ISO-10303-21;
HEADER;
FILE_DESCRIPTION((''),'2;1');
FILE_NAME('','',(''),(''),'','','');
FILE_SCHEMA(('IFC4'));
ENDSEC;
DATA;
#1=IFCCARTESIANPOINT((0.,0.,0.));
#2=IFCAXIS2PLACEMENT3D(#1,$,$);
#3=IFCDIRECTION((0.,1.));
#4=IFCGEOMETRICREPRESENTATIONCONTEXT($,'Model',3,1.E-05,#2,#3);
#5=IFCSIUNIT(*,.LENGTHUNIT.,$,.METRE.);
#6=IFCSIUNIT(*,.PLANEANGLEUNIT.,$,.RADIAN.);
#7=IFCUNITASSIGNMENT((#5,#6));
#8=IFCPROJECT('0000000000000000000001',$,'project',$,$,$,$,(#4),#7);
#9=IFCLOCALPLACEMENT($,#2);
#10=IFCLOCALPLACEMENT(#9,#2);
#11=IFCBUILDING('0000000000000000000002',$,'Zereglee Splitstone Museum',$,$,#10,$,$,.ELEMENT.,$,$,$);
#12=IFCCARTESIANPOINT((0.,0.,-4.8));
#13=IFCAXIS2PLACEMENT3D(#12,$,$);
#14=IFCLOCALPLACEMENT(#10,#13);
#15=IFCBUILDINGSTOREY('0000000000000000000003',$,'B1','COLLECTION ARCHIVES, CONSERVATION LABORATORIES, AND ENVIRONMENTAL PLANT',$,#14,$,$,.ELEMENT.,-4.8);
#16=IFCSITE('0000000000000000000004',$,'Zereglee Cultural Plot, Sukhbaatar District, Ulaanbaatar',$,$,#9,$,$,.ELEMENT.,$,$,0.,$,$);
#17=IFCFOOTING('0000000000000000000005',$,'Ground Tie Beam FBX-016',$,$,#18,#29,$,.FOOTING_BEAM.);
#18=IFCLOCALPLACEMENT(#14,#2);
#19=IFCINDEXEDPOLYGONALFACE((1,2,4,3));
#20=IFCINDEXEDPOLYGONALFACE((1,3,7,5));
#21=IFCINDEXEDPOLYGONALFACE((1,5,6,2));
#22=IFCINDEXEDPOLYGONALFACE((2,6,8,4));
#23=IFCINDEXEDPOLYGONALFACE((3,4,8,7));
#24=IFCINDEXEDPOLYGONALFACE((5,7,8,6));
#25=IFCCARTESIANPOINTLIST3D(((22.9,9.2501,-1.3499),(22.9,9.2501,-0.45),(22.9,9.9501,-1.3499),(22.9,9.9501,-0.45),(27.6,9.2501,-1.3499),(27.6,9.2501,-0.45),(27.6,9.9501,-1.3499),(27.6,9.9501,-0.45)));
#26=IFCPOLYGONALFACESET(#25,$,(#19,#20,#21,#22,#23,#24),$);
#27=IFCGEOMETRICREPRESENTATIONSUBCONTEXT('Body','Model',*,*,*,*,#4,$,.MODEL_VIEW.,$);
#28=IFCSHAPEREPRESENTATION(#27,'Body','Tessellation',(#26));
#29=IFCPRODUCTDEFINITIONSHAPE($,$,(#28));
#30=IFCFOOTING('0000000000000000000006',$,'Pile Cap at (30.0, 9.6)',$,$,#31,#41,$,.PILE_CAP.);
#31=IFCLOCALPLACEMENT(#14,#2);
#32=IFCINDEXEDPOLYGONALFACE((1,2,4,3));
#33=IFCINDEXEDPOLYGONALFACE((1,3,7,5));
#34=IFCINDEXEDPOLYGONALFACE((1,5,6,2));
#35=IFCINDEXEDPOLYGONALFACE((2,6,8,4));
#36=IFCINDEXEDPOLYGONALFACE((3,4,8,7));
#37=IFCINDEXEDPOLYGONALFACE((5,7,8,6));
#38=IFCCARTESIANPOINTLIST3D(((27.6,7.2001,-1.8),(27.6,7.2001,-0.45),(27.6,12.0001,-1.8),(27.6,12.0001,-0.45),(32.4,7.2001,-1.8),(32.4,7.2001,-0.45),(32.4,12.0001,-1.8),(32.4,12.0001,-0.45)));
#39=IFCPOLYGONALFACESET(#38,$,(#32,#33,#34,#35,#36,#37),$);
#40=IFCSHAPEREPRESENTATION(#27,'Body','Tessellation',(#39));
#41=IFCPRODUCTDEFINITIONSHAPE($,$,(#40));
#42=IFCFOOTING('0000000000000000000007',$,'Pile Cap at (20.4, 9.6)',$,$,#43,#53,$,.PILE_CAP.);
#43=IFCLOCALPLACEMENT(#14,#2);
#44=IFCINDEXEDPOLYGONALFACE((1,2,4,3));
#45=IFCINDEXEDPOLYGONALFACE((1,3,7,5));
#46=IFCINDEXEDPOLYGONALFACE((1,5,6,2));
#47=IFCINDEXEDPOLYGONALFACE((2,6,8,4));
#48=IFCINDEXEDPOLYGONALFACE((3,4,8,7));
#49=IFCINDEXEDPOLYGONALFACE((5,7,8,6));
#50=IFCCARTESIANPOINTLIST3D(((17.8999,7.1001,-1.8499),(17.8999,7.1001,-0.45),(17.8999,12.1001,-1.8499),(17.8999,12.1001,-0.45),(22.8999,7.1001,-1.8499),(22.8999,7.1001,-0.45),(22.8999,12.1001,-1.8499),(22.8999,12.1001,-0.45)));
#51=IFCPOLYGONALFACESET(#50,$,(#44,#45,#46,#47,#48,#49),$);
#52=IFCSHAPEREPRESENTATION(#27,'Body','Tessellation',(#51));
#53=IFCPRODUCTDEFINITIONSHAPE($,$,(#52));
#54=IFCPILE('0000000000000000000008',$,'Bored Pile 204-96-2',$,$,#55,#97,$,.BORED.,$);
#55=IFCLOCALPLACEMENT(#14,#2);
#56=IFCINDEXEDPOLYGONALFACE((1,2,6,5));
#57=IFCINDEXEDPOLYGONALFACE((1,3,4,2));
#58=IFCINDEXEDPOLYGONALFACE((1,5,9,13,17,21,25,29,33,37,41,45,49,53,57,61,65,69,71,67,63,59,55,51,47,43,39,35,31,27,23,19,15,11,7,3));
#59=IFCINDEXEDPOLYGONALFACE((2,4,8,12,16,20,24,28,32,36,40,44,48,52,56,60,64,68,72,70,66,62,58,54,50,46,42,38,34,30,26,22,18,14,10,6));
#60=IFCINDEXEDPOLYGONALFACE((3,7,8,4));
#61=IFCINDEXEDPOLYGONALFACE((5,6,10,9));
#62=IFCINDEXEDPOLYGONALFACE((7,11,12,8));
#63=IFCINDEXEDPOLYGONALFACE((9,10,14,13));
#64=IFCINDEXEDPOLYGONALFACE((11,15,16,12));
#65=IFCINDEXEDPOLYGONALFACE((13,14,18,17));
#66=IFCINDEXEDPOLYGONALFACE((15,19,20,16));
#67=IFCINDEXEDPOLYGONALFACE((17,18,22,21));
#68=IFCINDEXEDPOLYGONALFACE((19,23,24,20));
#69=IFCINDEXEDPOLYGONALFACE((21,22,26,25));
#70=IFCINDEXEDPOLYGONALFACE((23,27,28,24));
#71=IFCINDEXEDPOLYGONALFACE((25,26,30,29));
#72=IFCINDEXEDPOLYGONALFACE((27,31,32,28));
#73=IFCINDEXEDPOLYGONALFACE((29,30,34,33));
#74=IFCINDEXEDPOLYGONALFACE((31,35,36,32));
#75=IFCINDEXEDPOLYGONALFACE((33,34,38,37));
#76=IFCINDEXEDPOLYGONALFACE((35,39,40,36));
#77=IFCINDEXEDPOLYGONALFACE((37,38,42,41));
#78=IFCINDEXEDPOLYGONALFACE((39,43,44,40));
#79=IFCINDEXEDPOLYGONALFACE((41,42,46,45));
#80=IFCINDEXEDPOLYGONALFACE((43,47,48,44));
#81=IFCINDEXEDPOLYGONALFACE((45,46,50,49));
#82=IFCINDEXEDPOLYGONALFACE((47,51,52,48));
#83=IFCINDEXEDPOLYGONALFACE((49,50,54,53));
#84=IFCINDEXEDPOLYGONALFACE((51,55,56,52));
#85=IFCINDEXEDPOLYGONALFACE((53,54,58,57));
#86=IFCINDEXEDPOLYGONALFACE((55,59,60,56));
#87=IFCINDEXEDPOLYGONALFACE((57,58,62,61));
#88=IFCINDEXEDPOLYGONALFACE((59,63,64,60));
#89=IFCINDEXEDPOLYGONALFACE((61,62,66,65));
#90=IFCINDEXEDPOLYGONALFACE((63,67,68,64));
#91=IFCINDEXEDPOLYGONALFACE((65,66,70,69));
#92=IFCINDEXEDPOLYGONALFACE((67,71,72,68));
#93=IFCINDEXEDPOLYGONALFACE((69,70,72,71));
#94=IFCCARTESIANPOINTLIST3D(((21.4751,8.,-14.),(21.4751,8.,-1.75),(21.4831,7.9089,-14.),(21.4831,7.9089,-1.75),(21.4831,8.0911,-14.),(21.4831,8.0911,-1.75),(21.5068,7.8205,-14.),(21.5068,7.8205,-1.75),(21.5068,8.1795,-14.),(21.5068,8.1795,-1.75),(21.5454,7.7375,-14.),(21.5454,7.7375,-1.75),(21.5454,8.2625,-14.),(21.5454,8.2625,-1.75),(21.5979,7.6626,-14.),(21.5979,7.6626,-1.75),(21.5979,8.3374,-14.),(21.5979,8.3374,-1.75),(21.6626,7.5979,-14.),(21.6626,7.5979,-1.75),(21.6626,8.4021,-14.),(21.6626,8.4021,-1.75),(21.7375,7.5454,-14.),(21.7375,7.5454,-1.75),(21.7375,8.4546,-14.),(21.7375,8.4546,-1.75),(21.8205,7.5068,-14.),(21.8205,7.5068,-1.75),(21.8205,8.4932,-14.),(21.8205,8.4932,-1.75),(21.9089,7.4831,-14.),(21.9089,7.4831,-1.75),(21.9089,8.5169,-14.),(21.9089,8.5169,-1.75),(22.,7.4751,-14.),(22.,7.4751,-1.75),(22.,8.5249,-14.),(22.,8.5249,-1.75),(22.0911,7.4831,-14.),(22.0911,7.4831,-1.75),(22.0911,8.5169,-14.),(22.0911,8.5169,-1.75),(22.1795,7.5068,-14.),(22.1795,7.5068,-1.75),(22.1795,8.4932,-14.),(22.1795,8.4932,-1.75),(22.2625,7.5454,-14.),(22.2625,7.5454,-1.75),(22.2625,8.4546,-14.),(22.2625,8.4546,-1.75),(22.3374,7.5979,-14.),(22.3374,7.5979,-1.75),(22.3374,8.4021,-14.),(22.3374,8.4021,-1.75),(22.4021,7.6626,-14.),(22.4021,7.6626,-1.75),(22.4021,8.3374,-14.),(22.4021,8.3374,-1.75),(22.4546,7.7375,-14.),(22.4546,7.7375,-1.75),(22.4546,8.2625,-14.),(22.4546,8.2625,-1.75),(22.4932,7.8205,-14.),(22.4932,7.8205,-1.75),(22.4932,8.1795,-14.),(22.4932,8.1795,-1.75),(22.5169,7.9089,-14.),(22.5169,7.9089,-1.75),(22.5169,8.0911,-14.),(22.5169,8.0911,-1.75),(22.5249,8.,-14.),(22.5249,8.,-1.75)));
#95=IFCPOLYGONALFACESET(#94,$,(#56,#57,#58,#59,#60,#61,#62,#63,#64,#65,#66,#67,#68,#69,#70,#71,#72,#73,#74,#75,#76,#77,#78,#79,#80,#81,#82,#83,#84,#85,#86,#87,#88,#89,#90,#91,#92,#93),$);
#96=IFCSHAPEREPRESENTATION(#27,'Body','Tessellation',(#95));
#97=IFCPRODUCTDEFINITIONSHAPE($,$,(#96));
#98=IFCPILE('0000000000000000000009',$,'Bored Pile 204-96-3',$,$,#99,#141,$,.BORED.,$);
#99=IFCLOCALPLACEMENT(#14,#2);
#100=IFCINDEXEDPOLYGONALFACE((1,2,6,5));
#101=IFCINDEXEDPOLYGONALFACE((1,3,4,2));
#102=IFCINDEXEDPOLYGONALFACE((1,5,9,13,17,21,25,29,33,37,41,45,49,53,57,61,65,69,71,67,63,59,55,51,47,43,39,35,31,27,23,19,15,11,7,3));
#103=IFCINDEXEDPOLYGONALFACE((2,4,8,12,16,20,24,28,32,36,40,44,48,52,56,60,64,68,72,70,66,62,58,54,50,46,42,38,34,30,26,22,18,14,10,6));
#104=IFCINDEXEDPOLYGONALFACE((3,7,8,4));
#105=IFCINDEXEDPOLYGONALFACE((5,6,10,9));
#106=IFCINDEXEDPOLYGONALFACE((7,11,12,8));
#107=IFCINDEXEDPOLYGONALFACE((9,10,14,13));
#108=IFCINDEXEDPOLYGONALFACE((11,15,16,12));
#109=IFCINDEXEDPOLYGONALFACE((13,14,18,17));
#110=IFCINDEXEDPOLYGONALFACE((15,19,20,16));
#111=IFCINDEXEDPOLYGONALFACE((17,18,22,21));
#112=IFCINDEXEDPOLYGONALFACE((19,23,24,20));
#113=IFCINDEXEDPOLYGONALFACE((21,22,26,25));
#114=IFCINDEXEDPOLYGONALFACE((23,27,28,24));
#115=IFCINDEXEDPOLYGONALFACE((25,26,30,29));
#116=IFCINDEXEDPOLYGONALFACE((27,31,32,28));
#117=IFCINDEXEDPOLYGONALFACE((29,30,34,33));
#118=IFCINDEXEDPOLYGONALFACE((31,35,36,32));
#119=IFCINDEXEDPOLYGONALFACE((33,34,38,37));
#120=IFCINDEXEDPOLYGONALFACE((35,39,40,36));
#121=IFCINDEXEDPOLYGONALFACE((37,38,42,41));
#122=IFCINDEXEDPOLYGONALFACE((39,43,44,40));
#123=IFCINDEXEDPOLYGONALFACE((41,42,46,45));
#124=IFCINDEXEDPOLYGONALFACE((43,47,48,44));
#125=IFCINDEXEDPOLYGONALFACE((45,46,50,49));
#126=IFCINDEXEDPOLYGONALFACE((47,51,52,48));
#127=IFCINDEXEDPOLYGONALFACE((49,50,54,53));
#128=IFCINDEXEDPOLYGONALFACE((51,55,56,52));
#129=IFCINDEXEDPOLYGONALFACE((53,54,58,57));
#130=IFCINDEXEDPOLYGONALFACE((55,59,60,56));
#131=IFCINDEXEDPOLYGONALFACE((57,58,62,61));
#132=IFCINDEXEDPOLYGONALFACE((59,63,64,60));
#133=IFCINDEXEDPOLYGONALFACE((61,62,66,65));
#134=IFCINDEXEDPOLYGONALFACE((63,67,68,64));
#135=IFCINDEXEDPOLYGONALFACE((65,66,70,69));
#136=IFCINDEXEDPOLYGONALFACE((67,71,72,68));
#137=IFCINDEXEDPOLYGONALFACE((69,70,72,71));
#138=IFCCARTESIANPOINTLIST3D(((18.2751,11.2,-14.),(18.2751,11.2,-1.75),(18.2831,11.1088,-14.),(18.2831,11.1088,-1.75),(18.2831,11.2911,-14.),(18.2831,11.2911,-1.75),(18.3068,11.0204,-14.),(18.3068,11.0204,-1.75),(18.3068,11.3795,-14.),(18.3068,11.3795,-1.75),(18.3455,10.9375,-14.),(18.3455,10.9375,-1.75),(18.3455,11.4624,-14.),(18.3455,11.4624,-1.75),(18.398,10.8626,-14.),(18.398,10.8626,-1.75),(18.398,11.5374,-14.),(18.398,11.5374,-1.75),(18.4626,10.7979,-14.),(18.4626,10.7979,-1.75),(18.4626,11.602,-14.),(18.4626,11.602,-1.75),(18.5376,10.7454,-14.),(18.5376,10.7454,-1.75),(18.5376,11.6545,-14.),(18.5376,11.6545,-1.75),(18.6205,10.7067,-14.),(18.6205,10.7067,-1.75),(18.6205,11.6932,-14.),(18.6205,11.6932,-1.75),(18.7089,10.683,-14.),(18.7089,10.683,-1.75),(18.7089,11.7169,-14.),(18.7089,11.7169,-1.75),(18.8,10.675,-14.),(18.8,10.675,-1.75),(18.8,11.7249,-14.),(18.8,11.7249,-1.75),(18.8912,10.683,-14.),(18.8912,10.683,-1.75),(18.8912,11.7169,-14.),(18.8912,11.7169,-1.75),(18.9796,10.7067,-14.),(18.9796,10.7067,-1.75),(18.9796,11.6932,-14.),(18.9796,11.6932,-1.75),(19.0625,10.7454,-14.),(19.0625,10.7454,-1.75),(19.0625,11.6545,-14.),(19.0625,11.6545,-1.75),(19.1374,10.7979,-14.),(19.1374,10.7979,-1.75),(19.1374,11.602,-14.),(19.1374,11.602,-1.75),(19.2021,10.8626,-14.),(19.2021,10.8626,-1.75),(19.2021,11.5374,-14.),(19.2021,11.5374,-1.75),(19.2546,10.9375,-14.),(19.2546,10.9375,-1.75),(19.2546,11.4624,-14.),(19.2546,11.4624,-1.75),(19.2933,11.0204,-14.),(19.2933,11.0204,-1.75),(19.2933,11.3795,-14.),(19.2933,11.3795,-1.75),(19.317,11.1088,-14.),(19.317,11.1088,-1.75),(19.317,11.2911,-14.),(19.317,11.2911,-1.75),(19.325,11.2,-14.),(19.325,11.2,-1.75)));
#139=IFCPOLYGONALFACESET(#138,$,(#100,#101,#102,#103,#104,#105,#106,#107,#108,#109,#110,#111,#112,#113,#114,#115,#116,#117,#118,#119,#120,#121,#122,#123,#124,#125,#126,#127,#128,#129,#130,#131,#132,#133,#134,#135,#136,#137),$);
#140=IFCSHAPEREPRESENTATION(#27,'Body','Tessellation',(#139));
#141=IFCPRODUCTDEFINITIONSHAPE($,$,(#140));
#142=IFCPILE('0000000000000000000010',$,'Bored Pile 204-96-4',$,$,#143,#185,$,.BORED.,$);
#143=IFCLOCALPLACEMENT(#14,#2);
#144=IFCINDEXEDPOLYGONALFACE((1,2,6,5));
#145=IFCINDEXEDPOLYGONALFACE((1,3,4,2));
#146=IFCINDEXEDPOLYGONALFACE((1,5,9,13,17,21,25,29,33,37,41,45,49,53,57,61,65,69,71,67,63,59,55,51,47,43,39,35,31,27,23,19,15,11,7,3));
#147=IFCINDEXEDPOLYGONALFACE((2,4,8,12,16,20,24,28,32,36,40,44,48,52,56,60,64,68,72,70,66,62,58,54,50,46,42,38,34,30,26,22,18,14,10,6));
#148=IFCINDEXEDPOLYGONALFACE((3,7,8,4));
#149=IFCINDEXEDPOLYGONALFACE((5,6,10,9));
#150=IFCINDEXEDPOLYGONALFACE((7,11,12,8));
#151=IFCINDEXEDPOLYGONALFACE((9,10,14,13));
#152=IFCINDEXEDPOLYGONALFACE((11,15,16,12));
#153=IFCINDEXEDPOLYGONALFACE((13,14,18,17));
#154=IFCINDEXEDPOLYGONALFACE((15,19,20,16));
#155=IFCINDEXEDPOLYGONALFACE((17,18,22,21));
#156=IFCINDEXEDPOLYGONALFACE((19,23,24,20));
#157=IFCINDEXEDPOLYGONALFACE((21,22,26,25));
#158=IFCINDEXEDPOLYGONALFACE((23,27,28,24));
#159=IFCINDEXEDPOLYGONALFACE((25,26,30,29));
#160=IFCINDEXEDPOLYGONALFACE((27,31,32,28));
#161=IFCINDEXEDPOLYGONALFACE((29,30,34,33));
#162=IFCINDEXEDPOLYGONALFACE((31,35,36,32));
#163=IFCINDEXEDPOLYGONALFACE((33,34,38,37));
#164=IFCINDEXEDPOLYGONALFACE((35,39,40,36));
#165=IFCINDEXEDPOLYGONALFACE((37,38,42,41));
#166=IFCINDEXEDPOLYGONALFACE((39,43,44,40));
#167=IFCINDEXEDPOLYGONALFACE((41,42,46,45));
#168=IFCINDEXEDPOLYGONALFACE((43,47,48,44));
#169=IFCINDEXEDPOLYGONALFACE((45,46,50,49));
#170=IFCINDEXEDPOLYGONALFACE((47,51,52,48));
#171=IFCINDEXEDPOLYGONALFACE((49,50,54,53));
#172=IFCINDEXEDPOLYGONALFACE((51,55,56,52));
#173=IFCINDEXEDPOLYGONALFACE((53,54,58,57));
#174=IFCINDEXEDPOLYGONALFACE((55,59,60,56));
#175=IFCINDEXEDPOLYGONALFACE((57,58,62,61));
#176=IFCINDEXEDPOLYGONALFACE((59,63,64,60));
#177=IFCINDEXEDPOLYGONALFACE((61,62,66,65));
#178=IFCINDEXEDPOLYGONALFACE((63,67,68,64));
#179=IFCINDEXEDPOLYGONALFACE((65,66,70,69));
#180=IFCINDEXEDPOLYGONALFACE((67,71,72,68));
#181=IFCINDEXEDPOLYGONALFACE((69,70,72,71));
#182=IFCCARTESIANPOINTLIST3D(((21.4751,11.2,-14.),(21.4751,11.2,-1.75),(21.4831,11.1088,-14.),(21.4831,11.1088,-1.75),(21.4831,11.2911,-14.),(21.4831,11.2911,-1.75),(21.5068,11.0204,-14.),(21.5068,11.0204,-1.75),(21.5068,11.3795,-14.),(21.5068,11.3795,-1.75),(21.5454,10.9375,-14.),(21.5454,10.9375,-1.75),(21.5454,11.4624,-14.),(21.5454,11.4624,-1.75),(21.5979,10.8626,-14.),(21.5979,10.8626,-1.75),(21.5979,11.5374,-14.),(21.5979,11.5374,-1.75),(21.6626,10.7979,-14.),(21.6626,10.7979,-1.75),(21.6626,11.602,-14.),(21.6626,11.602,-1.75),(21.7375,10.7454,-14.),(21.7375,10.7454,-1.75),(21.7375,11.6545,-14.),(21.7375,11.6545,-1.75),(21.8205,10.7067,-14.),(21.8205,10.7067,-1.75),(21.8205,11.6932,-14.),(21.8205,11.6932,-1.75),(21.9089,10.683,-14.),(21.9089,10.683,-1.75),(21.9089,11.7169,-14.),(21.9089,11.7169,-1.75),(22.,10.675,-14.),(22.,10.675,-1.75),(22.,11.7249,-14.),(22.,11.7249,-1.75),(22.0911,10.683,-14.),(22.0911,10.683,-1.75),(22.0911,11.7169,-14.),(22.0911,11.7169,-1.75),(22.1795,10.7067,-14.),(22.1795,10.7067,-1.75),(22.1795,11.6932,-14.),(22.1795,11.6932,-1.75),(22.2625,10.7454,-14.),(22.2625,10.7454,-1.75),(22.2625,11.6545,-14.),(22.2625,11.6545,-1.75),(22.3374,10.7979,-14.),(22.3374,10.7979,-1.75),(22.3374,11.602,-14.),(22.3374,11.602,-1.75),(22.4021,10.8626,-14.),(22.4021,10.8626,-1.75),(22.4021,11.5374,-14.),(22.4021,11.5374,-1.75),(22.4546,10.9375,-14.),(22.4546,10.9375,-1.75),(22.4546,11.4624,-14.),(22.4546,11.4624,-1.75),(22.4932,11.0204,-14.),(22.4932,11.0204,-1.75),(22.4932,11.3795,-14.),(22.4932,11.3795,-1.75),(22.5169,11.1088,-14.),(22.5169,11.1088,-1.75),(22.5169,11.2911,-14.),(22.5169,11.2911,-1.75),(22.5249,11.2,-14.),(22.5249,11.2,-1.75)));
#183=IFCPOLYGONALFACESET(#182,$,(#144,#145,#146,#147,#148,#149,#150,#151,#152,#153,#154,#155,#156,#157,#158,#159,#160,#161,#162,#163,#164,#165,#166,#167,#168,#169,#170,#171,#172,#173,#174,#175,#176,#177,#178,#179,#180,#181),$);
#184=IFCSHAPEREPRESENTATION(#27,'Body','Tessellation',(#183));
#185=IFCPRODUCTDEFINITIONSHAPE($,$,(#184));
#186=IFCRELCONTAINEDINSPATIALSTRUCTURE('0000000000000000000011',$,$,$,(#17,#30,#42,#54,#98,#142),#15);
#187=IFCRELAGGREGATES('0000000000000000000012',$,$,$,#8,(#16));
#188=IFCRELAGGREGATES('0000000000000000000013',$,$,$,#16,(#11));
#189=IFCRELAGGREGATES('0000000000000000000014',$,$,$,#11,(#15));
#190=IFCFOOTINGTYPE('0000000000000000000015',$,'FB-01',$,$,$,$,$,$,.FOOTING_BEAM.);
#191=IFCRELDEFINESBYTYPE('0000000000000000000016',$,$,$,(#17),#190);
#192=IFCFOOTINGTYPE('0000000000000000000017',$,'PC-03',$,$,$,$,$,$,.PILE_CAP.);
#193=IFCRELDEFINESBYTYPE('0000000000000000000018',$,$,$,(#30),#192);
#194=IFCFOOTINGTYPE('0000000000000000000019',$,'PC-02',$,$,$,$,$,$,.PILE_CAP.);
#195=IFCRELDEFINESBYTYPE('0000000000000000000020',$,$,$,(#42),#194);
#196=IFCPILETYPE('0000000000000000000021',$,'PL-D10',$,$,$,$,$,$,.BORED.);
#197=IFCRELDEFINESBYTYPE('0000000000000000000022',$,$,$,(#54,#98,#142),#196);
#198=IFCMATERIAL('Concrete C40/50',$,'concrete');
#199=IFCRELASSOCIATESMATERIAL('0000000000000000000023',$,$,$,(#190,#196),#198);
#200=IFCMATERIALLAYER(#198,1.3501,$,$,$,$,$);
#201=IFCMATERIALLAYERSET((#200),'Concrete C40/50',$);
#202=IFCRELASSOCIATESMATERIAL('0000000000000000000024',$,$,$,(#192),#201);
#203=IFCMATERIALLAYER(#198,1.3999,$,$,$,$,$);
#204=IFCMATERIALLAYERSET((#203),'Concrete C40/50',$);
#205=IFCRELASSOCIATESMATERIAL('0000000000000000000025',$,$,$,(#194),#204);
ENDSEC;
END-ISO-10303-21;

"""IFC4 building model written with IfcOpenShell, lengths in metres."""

from ifc_helpers import new_model, si_unit, direction, frame, origin, origin_2d, place, context, subcontext, project, spatial, rectangle, circle, extrude, material, layer, layer_set, material_profile, profile_set, type_object, element, save


model = new_model("IFC4")

# Units and contexts
model_context = context("Model", 3, precision=1e-05, world=origin(), true_north=direction((0.0, 1.0)))
body_context = subcontext(model_context, "Body", "Model", "MODEL_VIEW")
ifc_project = project(units=[si_unit("LENGTHUNIT", "METRE"), si_unit("PLANEANGLEUNIT", "RADIAN")], contexts=[model_context])

# Site, building, storey
site_placement = place(None, origin())
site = spatial("IfcSite", under=ifc_project, at=site_placement, Name="Zereglee Cultural Plot, Sukhbaatar District, Ulaanbaatar", CompositionType="ELEMENT", RefElevation=0.0)
building_placement = place(site_placement, origin())
building = spatial("IfcBuilding", under=site, at=building_placement, Name="Zereglee Splitstone Museum", CompositionType="ELEMENT")
storey_placement = place(building_placement, frame((0.0, 0.0, -4.8)))
storey = spatial("IfcBuildingStorey", under=building, at=storey_placement, Name="B1", Description="COLLECTION ARCHIVES, CONSERVATION LABORATORIES, AND ENVIRONMENTAL PLANT", CompositionType="ELEMENT", Elevation=-4.8)

# Footings
ifc_material_1 = material(Name="Concrete C40/50", Category="concrete")
footing_type_1 = type_object("IfcFootingType", Name="FB-01", PredefinedType="FOOTING_BEAM", material=ifc_material_1)
footing_1_placement = place(storey_placement, frame((25.25, 9.6001, -1.3499), z_axis=(0.0, 0.0, 1.0), x_axis=(1.0, 0.0, 0.0)))
element("IfcFooting", 1, at=footing_1_placement, inside=storey, type_object=footing_type_1, Name="Ground Tie Beam FBX-016", PredefinedType="FOOTING_BEAM", context=body_context, shape_type="SweptSolid", body=[
    extrude(rectangle(XDim=4.7, YDim=0.7, at=origin_2d()), origin(), (0.0, 0.0, 1.0), 0.8999),
])
ifc_layer_1 = layer(ifc_material_1, 1.3501)
ifc_layer_set_1 = layer_set([ifc_layer_1], Name="Concrete C40/50")
footing_type_2 = type_object("IfcFootingType", Name="PC-03", PredefinedType="PILE_CAP", material=ifc_layer_set_1)
footing_2_placement = place(storey_placement, frame((30.0, 9.6001, -1.8), z_axis=(0.0, 0.0, 1.0), x_axis=(1.0, 0.0, 0.0)))
element("IfcFooting", 2, at=footing_2_placement, inside=storey, type_object=footing_type_2, Name="Pile Cap at (30.0, 9.6)", PredefinedType="PILE_CAP", context=body_context, shape_type="SweptSolid", body=[
    extrude(rectangle(XDim=4.8, YDim=4.8, at=origin_2d()), origin(), (0.0, 0.0, 1.0), 1.3501),
])
ifc_layer_2 = layer(ifc_material_1, 1.3999)
ifc_layer_set_2 = layer_set([ifc_layer_2], Name="Concrete C40/50")
footing_type_3 = type_object("IfcFootingType", Name="PC-02", PredefinedType="PILE_CAP", material=ifc_layer_set_2)
footing_3_placement = place(storey_placement, frame((20.3999, 9.6001, -1.8499), z_axis=(0.0, 0.0, 1.0), x_axis=(1.0, 0.0, 0.0)))
element("IfcFooting", 3, at=footing_3_placement, inside=storey, type_object=footing_type_3, Name="Pile Cap at (20.4, 9.6)", PredefinedType="PILE_CAP", context=body_context, shape_type="SweptSolid", body=[
    extrude(rectangle(XDim=5.0, YDim=5.0, at=origin_2d()), origin(), (0.0, 0.0, 1.0), 1.3999),
])

# Piles
ifc_material_profile_1 = material_profile(ifc_material_1, circle(Radius=0.5249, at=origin_2d()), Name="PILE D1050")
ifc_profile_set_1 = profile_set([ifc_material_profile_1], Name="Concrete C40/50")
pile_type = type_object("IfcPileType", Name="PL-D10", PredefinedType="BORED", material=ifc_profile_set_1)
for number, where, z_axis, x_axis, name in (
    (4, (22.0, 8.0, -1.75), (0.0, 0.0, -1.0), (1.0, 0.0, 0.0), "Bored Pile 204-96-2"),
    (5, (18.8, 11.2, -1.75), (0.0, 0.0, -1.0), (1.0, 0.0, 0.0), "Bored Pile 204-96-3"),
    (6, (22.0, 11.2, -1.75), (0.0, 0.0, -1.0), (1.0, 0.0, 0.0), "Bored Pile 204-96-4"),
):
    element("IfcPile", number, at=place(storey_placement, frame(where, z_axis=z_axis, x_axis=x_axis)), inside=storey, type_object=pile_type, Name=name, PredefinedType="BORED", context=body_context, shape_type="SweptSolid", body=[
        extrude(circle(Radius=0.5249, at=origin_2d()), origin(), (0.0, 0.0, 1.0), 12.25),
    ])

save(model, "model.ifc")
